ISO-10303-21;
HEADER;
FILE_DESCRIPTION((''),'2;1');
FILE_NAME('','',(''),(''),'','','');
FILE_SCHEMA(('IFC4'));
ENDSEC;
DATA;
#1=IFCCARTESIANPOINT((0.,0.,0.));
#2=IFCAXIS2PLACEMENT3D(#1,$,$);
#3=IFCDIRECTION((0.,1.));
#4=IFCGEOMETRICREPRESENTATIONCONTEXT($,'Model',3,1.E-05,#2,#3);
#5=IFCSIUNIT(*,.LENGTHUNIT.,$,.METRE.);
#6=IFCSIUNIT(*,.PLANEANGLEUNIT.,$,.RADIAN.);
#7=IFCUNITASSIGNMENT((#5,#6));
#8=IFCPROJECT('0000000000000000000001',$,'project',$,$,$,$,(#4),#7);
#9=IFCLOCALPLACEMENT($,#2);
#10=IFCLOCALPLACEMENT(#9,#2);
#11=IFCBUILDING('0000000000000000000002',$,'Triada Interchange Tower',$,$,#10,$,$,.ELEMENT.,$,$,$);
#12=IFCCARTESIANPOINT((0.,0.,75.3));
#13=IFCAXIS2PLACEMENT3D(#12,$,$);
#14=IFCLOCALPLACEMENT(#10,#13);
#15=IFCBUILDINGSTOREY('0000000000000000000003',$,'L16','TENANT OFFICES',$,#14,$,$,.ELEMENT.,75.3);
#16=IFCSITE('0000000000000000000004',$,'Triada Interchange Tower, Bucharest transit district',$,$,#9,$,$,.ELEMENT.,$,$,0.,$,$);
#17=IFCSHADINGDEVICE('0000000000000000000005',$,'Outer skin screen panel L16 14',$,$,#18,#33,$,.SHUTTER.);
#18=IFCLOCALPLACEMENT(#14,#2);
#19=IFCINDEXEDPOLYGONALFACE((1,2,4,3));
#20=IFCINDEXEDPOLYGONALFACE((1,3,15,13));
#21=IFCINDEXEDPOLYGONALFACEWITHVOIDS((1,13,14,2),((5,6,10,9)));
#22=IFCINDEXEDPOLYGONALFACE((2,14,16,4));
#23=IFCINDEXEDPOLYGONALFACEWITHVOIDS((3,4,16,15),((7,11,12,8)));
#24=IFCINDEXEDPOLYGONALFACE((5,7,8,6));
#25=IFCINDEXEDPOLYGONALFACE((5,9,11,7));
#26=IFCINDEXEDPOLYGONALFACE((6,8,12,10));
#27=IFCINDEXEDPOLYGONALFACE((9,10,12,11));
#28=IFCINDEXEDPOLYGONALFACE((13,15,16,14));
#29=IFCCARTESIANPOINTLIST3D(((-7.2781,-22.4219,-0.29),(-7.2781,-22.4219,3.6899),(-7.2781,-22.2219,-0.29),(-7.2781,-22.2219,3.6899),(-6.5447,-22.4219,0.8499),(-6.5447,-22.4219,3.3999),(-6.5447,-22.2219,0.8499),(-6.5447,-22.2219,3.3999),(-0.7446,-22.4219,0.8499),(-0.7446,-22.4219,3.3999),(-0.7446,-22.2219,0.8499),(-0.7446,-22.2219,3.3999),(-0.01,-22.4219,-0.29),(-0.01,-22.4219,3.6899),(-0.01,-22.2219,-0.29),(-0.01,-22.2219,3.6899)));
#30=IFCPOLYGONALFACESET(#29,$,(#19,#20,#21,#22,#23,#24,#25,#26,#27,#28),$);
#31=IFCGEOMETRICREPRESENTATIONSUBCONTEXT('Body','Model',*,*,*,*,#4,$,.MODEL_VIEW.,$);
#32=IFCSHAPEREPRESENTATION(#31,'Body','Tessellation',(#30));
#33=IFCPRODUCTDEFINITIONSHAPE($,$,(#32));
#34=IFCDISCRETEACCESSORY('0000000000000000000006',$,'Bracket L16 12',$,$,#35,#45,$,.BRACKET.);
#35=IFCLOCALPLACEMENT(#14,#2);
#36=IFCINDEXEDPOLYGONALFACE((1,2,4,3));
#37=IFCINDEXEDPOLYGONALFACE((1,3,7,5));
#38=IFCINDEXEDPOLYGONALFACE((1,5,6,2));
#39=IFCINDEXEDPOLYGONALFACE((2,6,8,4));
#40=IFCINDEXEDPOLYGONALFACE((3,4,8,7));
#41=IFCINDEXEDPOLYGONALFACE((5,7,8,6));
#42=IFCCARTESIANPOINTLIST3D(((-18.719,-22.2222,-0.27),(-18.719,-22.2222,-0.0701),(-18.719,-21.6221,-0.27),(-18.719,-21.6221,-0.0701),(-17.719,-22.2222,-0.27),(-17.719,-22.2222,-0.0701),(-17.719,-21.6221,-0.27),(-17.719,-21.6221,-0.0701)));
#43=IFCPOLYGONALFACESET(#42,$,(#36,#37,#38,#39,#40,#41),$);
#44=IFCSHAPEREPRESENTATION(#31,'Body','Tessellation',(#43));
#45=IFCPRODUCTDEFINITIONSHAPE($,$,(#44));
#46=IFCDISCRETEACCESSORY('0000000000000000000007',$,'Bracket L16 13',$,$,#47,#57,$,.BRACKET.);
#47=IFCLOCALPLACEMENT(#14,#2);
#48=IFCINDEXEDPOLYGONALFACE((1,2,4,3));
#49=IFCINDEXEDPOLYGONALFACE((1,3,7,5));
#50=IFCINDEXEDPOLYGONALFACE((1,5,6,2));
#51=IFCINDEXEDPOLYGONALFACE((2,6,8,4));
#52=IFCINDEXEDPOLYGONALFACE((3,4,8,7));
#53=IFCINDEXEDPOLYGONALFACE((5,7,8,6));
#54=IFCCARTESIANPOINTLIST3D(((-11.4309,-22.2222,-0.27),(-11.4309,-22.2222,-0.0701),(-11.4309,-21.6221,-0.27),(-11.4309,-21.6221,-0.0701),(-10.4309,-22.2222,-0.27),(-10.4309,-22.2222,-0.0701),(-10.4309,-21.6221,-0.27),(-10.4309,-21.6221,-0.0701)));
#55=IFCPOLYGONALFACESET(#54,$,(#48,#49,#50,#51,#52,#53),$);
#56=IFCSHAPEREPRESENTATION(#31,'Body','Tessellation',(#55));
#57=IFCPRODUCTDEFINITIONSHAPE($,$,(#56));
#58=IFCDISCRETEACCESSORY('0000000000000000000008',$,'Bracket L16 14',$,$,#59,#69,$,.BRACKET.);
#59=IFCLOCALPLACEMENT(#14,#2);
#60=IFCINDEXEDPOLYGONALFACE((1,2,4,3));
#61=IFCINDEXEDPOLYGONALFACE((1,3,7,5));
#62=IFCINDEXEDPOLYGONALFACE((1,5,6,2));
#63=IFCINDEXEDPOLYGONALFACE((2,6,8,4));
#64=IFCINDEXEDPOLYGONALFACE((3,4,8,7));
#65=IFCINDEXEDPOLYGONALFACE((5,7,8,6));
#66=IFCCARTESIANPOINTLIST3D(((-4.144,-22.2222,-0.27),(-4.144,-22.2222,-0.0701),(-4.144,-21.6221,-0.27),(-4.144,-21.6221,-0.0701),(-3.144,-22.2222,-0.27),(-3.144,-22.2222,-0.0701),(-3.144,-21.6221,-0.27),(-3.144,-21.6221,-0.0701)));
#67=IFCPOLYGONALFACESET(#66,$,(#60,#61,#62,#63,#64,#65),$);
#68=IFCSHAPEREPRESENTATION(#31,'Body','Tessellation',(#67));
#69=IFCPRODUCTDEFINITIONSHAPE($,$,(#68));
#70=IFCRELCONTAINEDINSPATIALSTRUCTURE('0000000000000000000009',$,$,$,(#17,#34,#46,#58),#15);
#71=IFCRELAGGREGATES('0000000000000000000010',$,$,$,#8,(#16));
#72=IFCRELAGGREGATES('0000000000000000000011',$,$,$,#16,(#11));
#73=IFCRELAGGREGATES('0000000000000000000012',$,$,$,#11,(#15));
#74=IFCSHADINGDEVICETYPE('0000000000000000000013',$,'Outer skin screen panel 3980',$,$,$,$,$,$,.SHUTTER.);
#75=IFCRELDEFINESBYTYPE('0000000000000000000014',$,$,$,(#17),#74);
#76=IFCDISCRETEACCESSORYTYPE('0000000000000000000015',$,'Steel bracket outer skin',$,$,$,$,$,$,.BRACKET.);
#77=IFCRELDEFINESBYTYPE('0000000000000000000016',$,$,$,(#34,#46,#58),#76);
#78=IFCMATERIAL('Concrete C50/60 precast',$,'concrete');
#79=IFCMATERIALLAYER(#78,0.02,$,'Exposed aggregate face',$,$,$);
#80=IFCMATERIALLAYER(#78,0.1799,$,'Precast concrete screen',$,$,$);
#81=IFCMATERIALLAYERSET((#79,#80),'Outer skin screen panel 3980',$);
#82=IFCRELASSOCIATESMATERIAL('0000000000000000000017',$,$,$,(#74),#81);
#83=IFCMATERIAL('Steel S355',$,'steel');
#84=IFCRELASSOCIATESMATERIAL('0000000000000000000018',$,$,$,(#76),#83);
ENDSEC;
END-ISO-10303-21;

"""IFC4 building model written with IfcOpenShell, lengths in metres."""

from ifc_helpers import new_model, si_unit, direction, frame, origin, origin_2d, place, context, subcontext, project, spatial, polyline, rectangle, outline, extrude, material, layer, layer_set, type_object, element, save


model = new_model("IFC4")

# Units and contexts
model_context = context("Model", 3, precision=1e-05, world=origin(), true_north=direction((0.0, 1.0)))
body_context = subcontext(model_context, "Body", "Model", "MODEL_VIEW")
ifc_project = project(units=[si_unit("LENGTHUNIT", "METRE"), si_unit("PLANEANGLEUNIT", "RADIAN")], contexts=[model_context])

# Site, building, storey
site_placement = place(None, origin())
site = spatial("IfcSite", under=ifc_project, at=site_placement, Name="Triada Interchange Tower, Bucharest transit district", CompositionType="ELEMENT", RefElevation=0.0)
building_placement = place(site_placement, origin())
building = spatial("IfcBuilding", under=site, at=building_placement, Name="Triada Interchange Tower", CompositionType="ELEMENT")
storey_placement = place(building_placement, frame((0.0, 0.0, 75.3)))
storey = spatial("IfcBuildingStorey", under=building, at=storey_placement, Name="L16", Description="TENANT OFFICES", CompositionType="ELEMENT", Elevation=75.3)

# Shading device
ifc_material_1 = material(Name="Concrete C50/60 precast", Category="concrete")
ifc_layer_1 = layer(ifc_material_1, 0.02, Name="Exposed aggregate face")
ifc_layer_2 = layer(ifc_material_1, 0.1799, Name="Precast concrete screen")
ifc_layer_set_1 = layer_set([ifc_layer_1, ifc_layer_2], Name="Outer skin screen panel 3980")
shading_device_type = type_object("IfcShadingDeviceType", Name="Outer skin screen panel 3980", PredefinedType="SHUTTER", material=ifc_layer_set_1)
shading_device_1_placement = place(storey_placement, frame((-7.2781, -22.2219, -0.29), z_axis=(0.0, 0.0, 1.0), x_axis=(1.0, 0.0, 0.0)))
element("IfcShadingDevice", 1, at=shading_device_1_placement, inside=storey, type_object=shading_device_type, Name="Outer skin screen panel L16 14", PredefinedType="SHUTTER", context=body_context, shape_type="SweptSolid", body=[
    extrude(outline(polyline([(0.0, 0.0), (7.2681, 0.0), (7.2681, 3.98), (0.0, 3.98), (0.0, 0.0)]), holes=[polyline([(0.7334, 1.1399), (0.7334, 3.6899), (6.5334, 3.6899), (6.5334, 1.1399), (0.7334, 1.1399)])]), frame((0.0, 0.0, 0.0), z_axis=(0.0, -1.0, 0.0), x_axis=(1.0, 0.0, 0.0)), (0.0, 0.0, 1.0), 0.2),
])

# Discrete accessories
ifc_material_2 = material(Name="Steel S355", Category="steel")
discrete_accessory_type = type_object("IfcDiscreteAccessoryType", Name="Steel bracket outer skin", PredefinedType="BRACKET", material=ifc_material_2)
for number, where, z_axis, x_axis, name in (
    (2, (-18.219, -21.9221, -0.27), (0.0, 0.0, 1.0), (0.0, -1.0, 0.0), "Bracket L16 12"),
    (3, (-10.9309, -21.9221, -0.27), (0.0, 0.0, 1.0), (0.0, -1.0, 0.0), "Bracket L16 13"),
    (4, (-3.644, -21.9221, -0.27), (0.0, 0.0, 1.0), (0.0, -1.0, 0.0), "Bracket L16 14"),
):
    element("IfcDiscreteAccessory", number, at=place(storey_placement, frame(where, z_axis=z_axis, x_axis=x_axis)), inside=storey, type_object=discrete_accessory_type, Name=name, PredefinedType="BRACKET", context=body_context, shape_type="SweptSolid", body=[
        extrude(rectangle(XDim=0.6001, YDim=1.0, at=origin_2d()), origin(), (0.0, 0.0, 1.0), 0.2),
    ])

save(model, "model.ifc")
